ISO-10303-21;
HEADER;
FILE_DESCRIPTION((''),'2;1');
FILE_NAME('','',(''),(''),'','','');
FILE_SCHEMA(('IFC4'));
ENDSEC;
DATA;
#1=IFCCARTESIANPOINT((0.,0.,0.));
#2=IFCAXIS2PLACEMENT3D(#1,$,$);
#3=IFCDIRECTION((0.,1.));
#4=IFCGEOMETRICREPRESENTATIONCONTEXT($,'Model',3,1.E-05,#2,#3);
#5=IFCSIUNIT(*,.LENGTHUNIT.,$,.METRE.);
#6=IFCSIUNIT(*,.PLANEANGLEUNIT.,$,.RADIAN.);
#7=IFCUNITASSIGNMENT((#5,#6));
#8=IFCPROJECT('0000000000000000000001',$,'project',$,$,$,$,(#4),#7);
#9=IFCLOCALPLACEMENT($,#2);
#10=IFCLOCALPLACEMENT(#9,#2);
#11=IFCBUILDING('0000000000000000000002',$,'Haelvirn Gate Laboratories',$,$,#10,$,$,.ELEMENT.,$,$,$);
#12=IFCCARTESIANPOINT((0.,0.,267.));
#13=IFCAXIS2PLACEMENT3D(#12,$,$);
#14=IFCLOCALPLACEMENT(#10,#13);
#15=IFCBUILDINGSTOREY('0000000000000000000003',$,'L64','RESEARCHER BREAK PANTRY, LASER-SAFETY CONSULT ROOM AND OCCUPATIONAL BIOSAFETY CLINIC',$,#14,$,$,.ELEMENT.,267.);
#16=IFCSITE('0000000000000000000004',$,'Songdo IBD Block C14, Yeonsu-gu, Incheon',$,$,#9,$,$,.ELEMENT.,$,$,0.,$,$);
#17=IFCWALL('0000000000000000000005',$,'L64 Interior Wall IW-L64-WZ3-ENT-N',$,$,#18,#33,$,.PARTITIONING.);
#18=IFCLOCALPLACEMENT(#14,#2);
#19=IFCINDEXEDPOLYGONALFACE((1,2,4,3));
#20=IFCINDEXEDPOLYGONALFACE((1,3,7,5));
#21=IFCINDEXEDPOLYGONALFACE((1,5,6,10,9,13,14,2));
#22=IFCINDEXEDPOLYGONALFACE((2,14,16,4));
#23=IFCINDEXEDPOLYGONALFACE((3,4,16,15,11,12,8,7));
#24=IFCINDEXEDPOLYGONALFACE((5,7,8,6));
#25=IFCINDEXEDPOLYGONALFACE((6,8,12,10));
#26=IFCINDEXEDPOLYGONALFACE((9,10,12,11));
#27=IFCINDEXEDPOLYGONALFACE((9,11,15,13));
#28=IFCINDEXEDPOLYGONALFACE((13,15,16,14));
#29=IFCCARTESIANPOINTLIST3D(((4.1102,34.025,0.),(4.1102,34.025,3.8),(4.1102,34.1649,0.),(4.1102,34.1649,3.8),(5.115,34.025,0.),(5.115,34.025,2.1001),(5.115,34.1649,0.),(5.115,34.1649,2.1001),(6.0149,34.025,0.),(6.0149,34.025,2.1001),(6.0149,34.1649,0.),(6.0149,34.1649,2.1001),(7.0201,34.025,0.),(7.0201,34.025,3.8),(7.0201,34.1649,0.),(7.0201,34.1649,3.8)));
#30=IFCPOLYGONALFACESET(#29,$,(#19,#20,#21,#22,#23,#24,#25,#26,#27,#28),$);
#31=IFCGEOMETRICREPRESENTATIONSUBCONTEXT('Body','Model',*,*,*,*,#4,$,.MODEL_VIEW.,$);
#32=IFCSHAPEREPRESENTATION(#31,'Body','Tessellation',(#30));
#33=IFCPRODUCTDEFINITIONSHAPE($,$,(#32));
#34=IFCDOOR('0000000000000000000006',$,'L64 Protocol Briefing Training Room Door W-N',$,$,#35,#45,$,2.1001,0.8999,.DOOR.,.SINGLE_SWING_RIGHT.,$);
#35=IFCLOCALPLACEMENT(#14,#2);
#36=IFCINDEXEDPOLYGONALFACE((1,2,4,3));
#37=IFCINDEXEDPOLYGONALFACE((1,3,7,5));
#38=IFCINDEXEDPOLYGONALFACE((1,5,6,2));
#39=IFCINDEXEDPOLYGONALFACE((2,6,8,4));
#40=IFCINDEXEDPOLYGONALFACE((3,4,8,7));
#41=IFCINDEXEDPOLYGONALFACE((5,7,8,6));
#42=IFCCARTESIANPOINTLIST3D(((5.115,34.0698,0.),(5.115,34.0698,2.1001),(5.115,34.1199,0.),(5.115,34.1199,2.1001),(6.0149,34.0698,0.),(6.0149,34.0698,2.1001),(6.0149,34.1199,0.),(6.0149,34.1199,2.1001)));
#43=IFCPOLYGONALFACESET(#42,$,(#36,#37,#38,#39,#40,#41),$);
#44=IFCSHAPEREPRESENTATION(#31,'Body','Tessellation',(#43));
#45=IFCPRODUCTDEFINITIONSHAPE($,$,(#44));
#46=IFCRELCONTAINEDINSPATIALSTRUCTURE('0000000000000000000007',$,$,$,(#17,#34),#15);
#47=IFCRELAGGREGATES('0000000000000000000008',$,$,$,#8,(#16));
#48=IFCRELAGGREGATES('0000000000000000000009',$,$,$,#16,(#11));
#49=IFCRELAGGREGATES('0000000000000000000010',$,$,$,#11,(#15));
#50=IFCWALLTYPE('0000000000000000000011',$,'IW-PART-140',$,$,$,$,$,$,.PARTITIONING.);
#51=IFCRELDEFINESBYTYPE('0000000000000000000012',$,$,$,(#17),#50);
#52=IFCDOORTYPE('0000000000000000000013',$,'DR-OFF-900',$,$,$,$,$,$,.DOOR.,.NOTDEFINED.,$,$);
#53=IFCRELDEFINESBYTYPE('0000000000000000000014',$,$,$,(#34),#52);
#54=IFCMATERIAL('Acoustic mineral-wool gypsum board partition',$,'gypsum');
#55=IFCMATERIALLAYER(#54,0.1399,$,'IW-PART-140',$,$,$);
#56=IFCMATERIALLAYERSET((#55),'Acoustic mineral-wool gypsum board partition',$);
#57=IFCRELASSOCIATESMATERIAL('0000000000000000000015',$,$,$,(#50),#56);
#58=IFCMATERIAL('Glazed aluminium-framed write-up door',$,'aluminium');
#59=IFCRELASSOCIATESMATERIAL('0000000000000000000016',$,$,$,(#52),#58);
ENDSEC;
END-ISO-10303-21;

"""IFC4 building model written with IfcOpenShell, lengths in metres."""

from ifc_helpers import new_model, si_unit, direction, frame, frame_2d, origin, place, context, subcontext, project, spatial, rectangle, extrude, source, transform, mapped, material, layer, layer_set, type_object, type_shapes, element, fill, save


model = new_model("IFC4")

# Units and contexts
model_context = context("Model", 3, precision=1e-05, world=origin(), true_north=direction((0.0, 1.0)))
body_context = subcontext(model_context, "Body", "Model", "MODEL_VIEW")
ifc_project = project(units=[si_unit("LENGTHUNIT", "METRE"), si_unit("PLANEANGLEUNIT", "RADIAN")], contexts=[model_context])

# Site, building, storey
site_placement = place(None, origin())
site = spatial("IfcSite", under=ifc_project, at=site_placement, Name="Songdo IBD Block C14, Yeonsu-gu, Incheon", CompositionType="ELEMENT", RefElevation=0.0)
building_placement = place(site_placement, origin())
building = spatial("IfcBuilding", under=site, at=building_placement, Name="Haelvirn Gate Laboratories", CompositionType="ELEMENT")
storey_placement = place(building_placement, frame((0.0, 0.0, 267.0)))
storey = spatial("IfcBuildingStorey", under=building, at=storey_placement, Name="L64", Description="RESEARCHER BREAK PANTRY, LASER-SAFETY CONSULT ROOM AND OCCUPATIONAL BIOSAFETY CLINIC", CompositionType="ELEMENT", Elevation=267.0)

# Wall, opening, door
ifc_material_1 = material(Name="Acoustic mineral-wool gypsum board partition", Category="gypsum")
ifc_layer_1 = layer(ifc_material_1, 0.1399, Name="IW-PART-140")
ifc_layer_set_1 = layer_set([ifc_layer_1], Name="Acoustic mineral-wool gypsum board partition")
wall_type_1 = type_object("IfcWallType", Name="IW-PART-140", PredefinedType="PARTITIONING", material=ifc_layer_set_1)
wall_1_placement = place(storey_placement, frame((4.1101, 34.095, 0.0), z_axis=(0.0, 0.0, 1.0), x_axis=(1.0, 0.0, 0.0)))
wall_1 = element("IfcWall", 1, at=wall_1_placement, inside=storey, type_object=wall_type_1, Name="L64 Interior Wall IW-L64-WZ3-ENT-N", PredefinedType="PARTITIONING", context=body_context, shape_type="SweptSolid", body=[
    extrude(rectangle(XDim=2.9099, YDim=0.1399, at=frame_2d((1.4551, 0.0))), origin(), (0.0, 0.0, 1.0), 3.8),
])
opening_1_placement = place(wall_1_placement, frame((1.0049, 0.0, 0.0)))
opening_1 = element("IfcOpeningElement", 2, at=opening_1_placement, cuts=wall_1, PredefinedType="OPENING", context=body_context, shape_type="SweptSolid", body=[
    extrude(rectangle(XDim=0.8999, YDim=2.1001, at=frame_2d((0.45, 1.05))), frame((0.0, 0.0801, 0.0), z_axis=(0.0, -1.0, 0.0), x_axis=(1.0, 0.0, 0.0)), (0.0, 0.0, 1.0), 0.1599),
])
ifc_material_2 = material(Name="Glazed aluminium-framed write-up door", Category="aluminium")
door_type_1 = type_object("IfcDoorType", Name="DR-OFF-900", OperationType="NOTDEFINED", PredefinedType="DOOR", material=ifc_material_2)
shared_shape_1 = source(origin(), body_context, "Body", "SweptSolid", [
    extrude(rectangle(XDim=0.8999, YDim=2.1001, at=frame_2d((0.45, 1.05))), frame((0.0, 0.0249, 0.0), z_axis=(0.0, -1.0, 0.0), x_axis=(1.0, 0.0, 0.0)), (0.0, 0.0, 1.0), 0.05),
])
type_shapes(door_type_1, [shared_shape_1])
door_1_placement = place(opening_1_placement, origin())
door_1 = element("IfcDoor", 3, at=door_1_placement, inside=storey, type_object=door_type_1, Name="L64 Protocol Briefing Training Room Door W-N", OperationType="SINGLE_SWING_RIGHT", OverallHeight=2.1001, OverallWidth=0.8999, PredefinedType="DOOR", context=body_context, shape_type="MappedRepresentation", body=[
    mapped(shared_shape_1, transform((0.0, 0.0, 0.0), scale=1.0)),
])
fill(opening_1, door_1)

save(model, "model.ifc")
